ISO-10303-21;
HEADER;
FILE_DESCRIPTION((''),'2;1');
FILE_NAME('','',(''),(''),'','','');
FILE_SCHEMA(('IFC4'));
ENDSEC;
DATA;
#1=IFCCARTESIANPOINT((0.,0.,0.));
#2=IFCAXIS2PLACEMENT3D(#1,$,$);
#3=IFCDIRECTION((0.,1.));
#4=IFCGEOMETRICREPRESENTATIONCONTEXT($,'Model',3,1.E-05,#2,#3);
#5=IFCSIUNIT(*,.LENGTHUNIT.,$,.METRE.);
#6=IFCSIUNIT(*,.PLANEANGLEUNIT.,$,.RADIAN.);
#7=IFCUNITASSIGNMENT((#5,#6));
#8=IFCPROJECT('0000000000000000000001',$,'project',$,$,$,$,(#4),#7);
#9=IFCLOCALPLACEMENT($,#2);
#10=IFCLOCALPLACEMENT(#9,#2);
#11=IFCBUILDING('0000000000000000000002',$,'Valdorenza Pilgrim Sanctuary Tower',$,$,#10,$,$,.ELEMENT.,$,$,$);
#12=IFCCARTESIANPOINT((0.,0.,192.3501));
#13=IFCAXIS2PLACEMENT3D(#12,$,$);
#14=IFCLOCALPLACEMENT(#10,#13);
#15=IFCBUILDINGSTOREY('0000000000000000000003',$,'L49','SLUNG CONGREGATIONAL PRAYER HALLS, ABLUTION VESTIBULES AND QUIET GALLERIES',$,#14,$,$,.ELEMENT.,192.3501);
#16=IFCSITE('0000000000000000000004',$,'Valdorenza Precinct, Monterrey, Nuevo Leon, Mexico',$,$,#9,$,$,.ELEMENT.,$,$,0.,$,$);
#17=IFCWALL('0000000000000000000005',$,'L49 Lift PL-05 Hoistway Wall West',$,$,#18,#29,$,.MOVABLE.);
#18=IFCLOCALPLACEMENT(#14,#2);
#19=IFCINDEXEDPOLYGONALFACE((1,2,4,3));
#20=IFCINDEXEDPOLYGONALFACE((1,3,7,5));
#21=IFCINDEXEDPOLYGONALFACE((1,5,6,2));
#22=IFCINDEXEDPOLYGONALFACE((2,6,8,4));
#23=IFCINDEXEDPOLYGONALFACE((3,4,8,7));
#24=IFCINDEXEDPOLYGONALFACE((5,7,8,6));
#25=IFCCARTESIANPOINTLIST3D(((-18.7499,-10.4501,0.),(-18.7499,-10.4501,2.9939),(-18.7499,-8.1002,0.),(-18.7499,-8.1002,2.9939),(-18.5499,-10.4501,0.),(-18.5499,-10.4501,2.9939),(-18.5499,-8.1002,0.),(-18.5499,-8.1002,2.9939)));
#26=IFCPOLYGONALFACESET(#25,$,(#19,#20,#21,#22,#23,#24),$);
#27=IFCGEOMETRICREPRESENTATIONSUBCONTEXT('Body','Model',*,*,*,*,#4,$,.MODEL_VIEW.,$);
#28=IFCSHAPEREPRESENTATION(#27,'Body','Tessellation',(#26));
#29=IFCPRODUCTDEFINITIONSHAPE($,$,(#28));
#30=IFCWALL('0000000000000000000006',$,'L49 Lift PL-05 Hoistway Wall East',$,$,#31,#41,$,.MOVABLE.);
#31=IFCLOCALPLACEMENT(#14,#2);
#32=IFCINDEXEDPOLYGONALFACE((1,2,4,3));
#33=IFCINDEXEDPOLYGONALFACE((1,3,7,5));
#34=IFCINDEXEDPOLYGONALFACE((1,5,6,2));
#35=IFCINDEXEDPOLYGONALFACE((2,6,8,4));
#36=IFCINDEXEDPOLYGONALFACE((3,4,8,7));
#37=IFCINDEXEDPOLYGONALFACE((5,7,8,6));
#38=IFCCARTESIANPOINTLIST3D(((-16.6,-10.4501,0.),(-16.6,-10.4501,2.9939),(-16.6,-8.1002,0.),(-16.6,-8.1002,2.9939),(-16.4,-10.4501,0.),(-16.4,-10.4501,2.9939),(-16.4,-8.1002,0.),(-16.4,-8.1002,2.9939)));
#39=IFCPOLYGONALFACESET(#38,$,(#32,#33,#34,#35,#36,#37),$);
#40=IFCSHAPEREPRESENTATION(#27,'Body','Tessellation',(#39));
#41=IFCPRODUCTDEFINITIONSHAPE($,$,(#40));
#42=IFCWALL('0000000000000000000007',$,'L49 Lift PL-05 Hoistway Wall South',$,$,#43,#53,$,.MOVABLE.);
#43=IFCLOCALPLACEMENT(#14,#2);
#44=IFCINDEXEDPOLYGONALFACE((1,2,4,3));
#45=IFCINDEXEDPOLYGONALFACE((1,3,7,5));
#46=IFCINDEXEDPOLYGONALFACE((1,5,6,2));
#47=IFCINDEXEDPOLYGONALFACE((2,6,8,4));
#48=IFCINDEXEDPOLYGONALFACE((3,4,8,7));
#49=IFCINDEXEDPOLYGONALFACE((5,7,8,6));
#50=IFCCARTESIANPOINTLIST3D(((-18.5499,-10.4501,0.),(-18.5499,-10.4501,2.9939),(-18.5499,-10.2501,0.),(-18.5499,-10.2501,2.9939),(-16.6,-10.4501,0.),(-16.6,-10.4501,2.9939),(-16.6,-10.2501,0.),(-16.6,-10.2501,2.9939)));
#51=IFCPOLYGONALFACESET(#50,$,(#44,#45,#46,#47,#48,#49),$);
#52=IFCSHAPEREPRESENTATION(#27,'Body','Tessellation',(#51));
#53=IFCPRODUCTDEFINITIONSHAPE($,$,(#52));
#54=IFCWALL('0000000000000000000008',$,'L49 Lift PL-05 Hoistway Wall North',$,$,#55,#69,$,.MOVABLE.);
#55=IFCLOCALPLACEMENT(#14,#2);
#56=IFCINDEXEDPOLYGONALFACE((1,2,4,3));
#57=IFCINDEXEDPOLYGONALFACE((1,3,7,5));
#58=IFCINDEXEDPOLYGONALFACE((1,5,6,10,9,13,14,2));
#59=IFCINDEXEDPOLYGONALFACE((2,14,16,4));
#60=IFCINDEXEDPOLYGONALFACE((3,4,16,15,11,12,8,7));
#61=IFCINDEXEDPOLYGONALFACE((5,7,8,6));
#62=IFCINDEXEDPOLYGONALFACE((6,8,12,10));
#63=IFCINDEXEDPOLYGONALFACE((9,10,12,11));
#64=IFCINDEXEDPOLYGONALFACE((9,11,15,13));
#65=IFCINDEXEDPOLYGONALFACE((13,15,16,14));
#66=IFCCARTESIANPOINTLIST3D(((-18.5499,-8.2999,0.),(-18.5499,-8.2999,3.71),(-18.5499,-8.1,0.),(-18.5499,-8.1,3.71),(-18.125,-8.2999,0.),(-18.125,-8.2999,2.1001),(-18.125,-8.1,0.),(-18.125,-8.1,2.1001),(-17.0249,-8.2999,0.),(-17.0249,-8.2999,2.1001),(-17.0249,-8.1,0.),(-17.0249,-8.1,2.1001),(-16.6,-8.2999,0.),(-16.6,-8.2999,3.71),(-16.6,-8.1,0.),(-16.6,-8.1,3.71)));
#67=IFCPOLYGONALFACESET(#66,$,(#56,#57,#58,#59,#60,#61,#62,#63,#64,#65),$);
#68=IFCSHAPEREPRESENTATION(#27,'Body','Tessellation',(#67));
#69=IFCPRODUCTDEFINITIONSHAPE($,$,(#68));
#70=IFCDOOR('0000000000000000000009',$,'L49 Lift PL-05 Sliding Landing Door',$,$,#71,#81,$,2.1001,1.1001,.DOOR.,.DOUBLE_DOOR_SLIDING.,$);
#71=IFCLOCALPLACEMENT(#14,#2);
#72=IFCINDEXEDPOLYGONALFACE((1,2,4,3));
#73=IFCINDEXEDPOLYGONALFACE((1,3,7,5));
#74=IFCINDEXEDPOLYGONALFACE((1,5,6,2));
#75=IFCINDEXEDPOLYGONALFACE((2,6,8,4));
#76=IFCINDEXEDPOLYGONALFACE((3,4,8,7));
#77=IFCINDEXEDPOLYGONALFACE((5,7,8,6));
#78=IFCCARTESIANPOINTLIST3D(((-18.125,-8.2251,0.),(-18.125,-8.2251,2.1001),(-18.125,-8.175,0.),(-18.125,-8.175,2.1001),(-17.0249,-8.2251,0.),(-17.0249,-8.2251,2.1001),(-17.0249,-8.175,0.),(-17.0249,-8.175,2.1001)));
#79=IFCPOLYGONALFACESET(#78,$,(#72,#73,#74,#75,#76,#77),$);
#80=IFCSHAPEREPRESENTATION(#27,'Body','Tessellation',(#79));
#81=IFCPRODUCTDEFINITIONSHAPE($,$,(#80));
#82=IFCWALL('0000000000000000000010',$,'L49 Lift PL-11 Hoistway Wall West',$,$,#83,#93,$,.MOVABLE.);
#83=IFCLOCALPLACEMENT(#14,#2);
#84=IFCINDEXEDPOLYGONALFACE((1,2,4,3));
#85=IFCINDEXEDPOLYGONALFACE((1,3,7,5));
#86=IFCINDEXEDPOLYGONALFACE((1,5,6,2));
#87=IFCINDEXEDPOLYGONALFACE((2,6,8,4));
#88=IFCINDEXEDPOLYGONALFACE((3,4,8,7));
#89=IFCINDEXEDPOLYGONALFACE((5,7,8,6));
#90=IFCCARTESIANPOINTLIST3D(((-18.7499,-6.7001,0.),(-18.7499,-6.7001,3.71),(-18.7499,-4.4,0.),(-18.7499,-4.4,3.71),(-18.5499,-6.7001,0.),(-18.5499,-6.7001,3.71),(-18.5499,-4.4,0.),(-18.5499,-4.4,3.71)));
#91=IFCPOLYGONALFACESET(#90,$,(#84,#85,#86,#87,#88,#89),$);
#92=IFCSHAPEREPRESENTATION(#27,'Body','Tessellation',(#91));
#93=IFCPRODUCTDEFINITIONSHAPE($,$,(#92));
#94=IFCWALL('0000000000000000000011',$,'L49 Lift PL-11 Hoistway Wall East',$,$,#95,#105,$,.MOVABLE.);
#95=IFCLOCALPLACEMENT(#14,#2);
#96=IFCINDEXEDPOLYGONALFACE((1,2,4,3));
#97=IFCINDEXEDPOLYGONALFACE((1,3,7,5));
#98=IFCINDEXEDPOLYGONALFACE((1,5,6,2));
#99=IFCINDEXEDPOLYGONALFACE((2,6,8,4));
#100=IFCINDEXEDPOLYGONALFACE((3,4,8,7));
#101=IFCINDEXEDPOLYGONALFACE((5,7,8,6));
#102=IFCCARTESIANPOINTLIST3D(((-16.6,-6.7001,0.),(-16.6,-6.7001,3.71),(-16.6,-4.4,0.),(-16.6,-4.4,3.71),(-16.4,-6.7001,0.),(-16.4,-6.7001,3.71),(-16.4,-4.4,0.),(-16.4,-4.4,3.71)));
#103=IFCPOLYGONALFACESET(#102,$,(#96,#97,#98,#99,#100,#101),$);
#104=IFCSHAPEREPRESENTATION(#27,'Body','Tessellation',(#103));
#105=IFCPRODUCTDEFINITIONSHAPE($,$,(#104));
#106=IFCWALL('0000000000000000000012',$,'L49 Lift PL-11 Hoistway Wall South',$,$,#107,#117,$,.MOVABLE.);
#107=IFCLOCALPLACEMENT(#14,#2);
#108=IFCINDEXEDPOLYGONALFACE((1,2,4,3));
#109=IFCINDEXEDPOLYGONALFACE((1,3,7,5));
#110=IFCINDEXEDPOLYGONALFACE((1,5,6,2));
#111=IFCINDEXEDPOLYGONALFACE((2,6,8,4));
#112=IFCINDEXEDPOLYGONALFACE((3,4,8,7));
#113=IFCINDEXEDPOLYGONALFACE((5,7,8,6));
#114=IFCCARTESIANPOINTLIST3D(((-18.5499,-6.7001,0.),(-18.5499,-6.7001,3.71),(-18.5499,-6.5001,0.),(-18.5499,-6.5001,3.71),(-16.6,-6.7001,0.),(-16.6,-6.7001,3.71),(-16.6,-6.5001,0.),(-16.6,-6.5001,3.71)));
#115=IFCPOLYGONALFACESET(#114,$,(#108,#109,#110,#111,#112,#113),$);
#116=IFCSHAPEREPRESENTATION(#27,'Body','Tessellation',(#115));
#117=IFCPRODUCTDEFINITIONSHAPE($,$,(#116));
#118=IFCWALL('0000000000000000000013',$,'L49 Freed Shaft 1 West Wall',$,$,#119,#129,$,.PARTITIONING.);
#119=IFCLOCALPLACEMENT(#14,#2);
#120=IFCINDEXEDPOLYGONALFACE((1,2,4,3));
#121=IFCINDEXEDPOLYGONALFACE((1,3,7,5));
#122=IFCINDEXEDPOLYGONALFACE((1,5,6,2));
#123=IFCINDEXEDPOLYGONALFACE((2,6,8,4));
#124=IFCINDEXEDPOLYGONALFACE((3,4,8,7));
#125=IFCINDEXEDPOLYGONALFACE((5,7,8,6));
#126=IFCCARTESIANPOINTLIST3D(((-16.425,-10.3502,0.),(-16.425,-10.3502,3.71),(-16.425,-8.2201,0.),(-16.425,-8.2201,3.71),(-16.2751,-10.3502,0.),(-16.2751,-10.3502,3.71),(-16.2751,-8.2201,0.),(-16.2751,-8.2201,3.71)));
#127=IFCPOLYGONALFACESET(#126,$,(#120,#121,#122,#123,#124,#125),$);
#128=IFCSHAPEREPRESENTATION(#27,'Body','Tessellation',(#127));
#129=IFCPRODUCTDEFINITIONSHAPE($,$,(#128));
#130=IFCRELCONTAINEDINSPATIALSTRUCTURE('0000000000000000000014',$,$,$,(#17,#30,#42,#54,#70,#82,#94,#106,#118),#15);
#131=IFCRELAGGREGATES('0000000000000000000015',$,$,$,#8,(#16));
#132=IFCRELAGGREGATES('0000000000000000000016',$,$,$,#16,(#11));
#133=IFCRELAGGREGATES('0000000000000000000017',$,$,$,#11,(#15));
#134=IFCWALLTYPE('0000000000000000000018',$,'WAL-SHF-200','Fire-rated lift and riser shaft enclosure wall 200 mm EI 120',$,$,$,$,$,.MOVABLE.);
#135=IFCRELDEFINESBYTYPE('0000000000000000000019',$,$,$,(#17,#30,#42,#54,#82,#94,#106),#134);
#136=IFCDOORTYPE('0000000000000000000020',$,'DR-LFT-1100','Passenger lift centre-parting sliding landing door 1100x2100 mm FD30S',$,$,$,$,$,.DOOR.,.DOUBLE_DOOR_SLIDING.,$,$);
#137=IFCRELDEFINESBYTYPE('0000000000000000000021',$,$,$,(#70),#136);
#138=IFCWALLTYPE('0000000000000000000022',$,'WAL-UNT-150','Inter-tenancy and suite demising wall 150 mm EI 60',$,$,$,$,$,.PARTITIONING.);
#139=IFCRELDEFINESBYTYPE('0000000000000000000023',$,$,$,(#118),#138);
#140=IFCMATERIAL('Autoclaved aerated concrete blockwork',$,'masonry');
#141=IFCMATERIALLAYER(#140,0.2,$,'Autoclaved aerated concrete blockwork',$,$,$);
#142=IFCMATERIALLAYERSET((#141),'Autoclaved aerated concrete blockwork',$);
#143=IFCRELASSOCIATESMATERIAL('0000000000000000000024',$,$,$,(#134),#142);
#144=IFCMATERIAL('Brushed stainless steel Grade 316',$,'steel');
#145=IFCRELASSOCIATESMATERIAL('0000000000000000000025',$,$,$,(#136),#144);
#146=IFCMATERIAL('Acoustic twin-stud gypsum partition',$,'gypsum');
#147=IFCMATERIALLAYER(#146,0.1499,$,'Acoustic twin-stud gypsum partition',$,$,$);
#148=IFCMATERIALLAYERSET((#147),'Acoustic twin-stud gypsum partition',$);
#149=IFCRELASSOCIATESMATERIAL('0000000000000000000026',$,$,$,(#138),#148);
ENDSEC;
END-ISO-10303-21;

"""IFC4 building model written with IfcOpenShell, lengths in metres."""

from ifc_helpers import new_model, si_unit, direction, frame, frame_2d, origin, place, context, subcontext, project, spatial, rectangle, extrude, material, layer, layer_set, type_object, element, fill, save


model = new_model("IFC4")

# Units and contexts
model_context = context("Model", 3, precision=1e-05, world=origin(), true_north=direction((0.0, 1.0)))
body_context = subcontext(model_context, "Body", "Model", "MODEL_VIEW")
ifc_project = project(units=[si_unit("LENGTHUNIT", "METRE"), si_unit("PLANEANGLEUNIT", "RADIAN")], contexts=[model_context])

# Site, building, storey
site_placement = place(None, origin())
site = spatial("IfcSite", under=ifc_project, at=site_placement, Name="Valdorenza Precinct, Monterrey, Nuevo Leon, Mexico", CompositionType="ELEMENT", RefElevation=0.0)
building_placement = place(site_placement, origin())
building = spatial("IfcBuilding", under=site, at=building_placement, Name="Valdorenza Pilgrim Sanctuary Tower", CompositionType="ELEMENT")
storey_placement = place(building_placement, frame((0.0, 0.0, 192.3501)))
storey = spatial("IfcBuildingStorey", under=building, at=storey_placement, Name="L49", Description="SLUNG CONGREGATIONAL PRAYER HALLS, ABLUTION VESTIBULES AND QUIET GALLERIES", CompositionType="ELEMENT", Elevation=192.3501)

# Shared definitions
ifc_material_1 = material(Name="Acoustic twin-stud gypsum partition", Category="gypsum")

# Walls
ifc_material_2 = material(Name="Autoclaved aerated concrete blockwork", Category="masonry")
ifc_layer_1 = layer(ifc_material_2, 0.2, Name="Autoclaved aerated concrete blockwork")
ifc_layer_set_1 = layer_set([ifc_layer_1], Name="Autoclaved aerated concrete blockwork")
wall_type_1 = type_object("IfcWallType", Name="WAL-SHF-200", Description="Fire-rated lift and riser shaft enclosure wall 200 mm EI 120", PredefinedType="MOVABLE", material=ifc_layer_set_1)
for number, where, z_axis, x_axis, name in (
    (1, (-18.6499, -10.45, 0.0), (0.0, 0.0, 1.0), (0.0, 1.0, 0.0), "L49 Lift PL-05 Hoistway Wall West"),
    (2, (-16.5, -10.45, 0.0), (0.0, 0.0, 1.0), (0.0, 1.0, 0.0), "L49 Lift PL-05 Hoistway Wall East"),
):
    element("IfcWall", number, at=place(storey_placement, frame(where, z_axis=z_axis, x_axis=x_axis)), inside=storey, type_object=wall_type_1, Name=name, PredefinedType="MOVABLE", context=body_context, shape_type="SweptSolid", body=[
        extrude(rectangle(XDim=2.3499, YDim=0.2, at=frame_2d((1.1748, 0.0))), origin(), (0.0, 0.0, 1.0), 2.9939),
    ])
wall_1_placement = place(storey_placement, frame((-18.55, -10.3501, 0.0), z_axis=(0.0, 0.0, 1.0), x_axis=(1.0, 0.0, 0.0)))
element("IfcWall", 3, at=wall_1_placement, inside=storey, type_object=wall_type_1, Name="L49 Lift PL-05 Hoistway Wall South", PredefinedType="MOVABLE", context=body_context, shape_type="SweptSolid", body=[
    extrude(rectangle(XDim=1.95, YDim=0.2, at=frame_2d((0.9751, 0.0))), origin(), (0.0, 0.0, 1.0), 2.9939),
])

# Wall, opening, door
wall_2_placement = place(storey_placement, frame((-18.55, -8.2, 0.0), z_axis=(0.0, 0.0, 1.0), x_axis=(1.0, 0.0, 0.0)))
wall_2 = element("IfcWall", 4, at=wall_2_placement, inside=storey, type_object=wall_type_1, Name="L49 Lift PL-05 Hoistway Wall North", PredefinedType="MOVABLE", context=body_context, shape_type="SweptSolid", body=[
    extrude(rectangle(XDim=1.95, YDim=0.2, at=frame_2d((0.9751, 0.0))), origin(), (0.0, 0.0, 1.0), 3.71),
])
opening_1_placement = place(wall_2_placement, frame((0.425, 0.0, 0.0)))
opening_1 = element("IfcOpeningElement", 5, at=opening_1_placement, cuts=wall_2, PredefinedType="OPENING", context=body_context, shape_type="SweptSolid", body=[
    extrude(rectangle(XDim=1.1001, YDim=2.1001, at=frame_2d((0.55, 1.05))), frame((0.0, 0.1147, 0.0), z_axis=(0.0, -1.0, 0.0), x_axis=(1.0, 0.0, 0.0)), (0.0, 0.0, 1.0), 0.2297),
])
ifc_material_3 = material(Name="Brushed stainless steel Grade 316", Category="steel")
door_type_1 = type_object("IfcDoorType", Name="DR-LFT-1100", Description="Passenger lift centre-parting sliding landing door 1100x2100 mm FD30S", OperationType="DOUBLE_DOOR_SLIDING", PredefinedType="DOOR", material=ifc_material_3)
door_1_placement = place(opening_1_placement, origin())
door_1 = element("IfcDoor", 6, at=door_1_placement, inside=storey, type_object=door_type_1, Name="L49 Lift PL-05 Sliding Landing Door", OperationType="DOUBLE_DOOR_SLIDING", OverallHeight=2.1001, OverallWidth=1.1001, PredefinedType="DOOR", context=body_context, shape_type="SweptSolid", body=[
    extrude(rectangle(XDim=1.1001, YDim=2.1001, at=frame_2d((0.55, 1.05))), frame((0.0, 0.0249, 0.0), z_axis=(0.0, -1.0, 0.0), x_axis=(1.0, 0.0, 0.0)), (0.0, 0.0, 1.0), 0.05),
])
fill(opening_1, door_1)

# Walls
for number, where, z_axis, x_axis, name in (
    (7, (-18.6499, -6.7, 0.0), (0.0, 0.0, 1.0), (0.0, 1.0, 0.0), "L49 Lift PL-11 Hoistway Wall West"),
    (8, (-16.5, -6.7, 0.0), (0.0, 0.0, 1.0), (0.0, 1.0, 0.0), "L49 Lift PL-11 Hoistway Wall East"),
):
    element("IfcWall", number, at=place(storey_placement, frame(where, z_axis=z_axis, x_axis=x_axis)), inside=storey, type_object=wall_type_1, Name=name, PredefinedType="MOVABLE", context=body_context, shape_type="SweptSolid", body=[
        extrude(rectangle(XDim=2.3, YDim=0.2, at=frame_2d((1.1499, 0.0))), origin(), (0.0, 0.0, 1.0), 3.71),
    ])
wall_3_placement = place(storey_placement, frame((-18.55, -6.6001, 0.0), z_axis=(0.0, 0.0, 1.0), x_axis=(1.0, 0.0, 0.0)))
element("IfcWall", 9, at=wall_3_placement, inside=storey, type_object=wall_type_1, Name="L49 Lift PL-11 Hoistway Wall South", PredefinedType="MOVABLE", context=body_context, shape_type="SweptSolid", body=[
    extrude(rectangle(XDim=1.95, YDim=0.2, at=frame_2d((0.9751, 0.0))), origin(), (0.0, 0.0, 1.0), 3.71),
])
ifc_layer_2 = layer(ifc_material_1, 0.1499, Name="Acoustic twin-stud gypsum partition")
ifc_layer_set_2 = layer_set([ifc_layer_2], Name="Acoustic twin-stud gypsum partition")
wall_type_2 = type_object("IfcWallType", Name="WAL-UNT-150", Description="Inter-tenancy and suite demising wall 150 mm EI 60", PredefinedType="PARTITIONING", material=ifc_layer_set_2)
wall_4_placement = place(storey_placement, frame((-16.3501, -10.3501, 0.0), z_axis=(0.0, 0.0, 1.0), x_axis=(0.0, 1.0, 0.0)))
element("IfcWall", 10, at=wall_4_placement, inside=storey, type_object=wall_type_2, Name="L49 Freed Shaft 1 West Wall", PredefinedType="PARTITIONING", context=body_context, shape_type="SweptSolid", body=[
    extrude(rectangle(XDim=2.1301, YDim=0.1499, at=frame_2d((1.0649, 0.0))), origin(), (0.0, 0.0, 1.0), 3.71),
])

save(model, "model.ifc")
